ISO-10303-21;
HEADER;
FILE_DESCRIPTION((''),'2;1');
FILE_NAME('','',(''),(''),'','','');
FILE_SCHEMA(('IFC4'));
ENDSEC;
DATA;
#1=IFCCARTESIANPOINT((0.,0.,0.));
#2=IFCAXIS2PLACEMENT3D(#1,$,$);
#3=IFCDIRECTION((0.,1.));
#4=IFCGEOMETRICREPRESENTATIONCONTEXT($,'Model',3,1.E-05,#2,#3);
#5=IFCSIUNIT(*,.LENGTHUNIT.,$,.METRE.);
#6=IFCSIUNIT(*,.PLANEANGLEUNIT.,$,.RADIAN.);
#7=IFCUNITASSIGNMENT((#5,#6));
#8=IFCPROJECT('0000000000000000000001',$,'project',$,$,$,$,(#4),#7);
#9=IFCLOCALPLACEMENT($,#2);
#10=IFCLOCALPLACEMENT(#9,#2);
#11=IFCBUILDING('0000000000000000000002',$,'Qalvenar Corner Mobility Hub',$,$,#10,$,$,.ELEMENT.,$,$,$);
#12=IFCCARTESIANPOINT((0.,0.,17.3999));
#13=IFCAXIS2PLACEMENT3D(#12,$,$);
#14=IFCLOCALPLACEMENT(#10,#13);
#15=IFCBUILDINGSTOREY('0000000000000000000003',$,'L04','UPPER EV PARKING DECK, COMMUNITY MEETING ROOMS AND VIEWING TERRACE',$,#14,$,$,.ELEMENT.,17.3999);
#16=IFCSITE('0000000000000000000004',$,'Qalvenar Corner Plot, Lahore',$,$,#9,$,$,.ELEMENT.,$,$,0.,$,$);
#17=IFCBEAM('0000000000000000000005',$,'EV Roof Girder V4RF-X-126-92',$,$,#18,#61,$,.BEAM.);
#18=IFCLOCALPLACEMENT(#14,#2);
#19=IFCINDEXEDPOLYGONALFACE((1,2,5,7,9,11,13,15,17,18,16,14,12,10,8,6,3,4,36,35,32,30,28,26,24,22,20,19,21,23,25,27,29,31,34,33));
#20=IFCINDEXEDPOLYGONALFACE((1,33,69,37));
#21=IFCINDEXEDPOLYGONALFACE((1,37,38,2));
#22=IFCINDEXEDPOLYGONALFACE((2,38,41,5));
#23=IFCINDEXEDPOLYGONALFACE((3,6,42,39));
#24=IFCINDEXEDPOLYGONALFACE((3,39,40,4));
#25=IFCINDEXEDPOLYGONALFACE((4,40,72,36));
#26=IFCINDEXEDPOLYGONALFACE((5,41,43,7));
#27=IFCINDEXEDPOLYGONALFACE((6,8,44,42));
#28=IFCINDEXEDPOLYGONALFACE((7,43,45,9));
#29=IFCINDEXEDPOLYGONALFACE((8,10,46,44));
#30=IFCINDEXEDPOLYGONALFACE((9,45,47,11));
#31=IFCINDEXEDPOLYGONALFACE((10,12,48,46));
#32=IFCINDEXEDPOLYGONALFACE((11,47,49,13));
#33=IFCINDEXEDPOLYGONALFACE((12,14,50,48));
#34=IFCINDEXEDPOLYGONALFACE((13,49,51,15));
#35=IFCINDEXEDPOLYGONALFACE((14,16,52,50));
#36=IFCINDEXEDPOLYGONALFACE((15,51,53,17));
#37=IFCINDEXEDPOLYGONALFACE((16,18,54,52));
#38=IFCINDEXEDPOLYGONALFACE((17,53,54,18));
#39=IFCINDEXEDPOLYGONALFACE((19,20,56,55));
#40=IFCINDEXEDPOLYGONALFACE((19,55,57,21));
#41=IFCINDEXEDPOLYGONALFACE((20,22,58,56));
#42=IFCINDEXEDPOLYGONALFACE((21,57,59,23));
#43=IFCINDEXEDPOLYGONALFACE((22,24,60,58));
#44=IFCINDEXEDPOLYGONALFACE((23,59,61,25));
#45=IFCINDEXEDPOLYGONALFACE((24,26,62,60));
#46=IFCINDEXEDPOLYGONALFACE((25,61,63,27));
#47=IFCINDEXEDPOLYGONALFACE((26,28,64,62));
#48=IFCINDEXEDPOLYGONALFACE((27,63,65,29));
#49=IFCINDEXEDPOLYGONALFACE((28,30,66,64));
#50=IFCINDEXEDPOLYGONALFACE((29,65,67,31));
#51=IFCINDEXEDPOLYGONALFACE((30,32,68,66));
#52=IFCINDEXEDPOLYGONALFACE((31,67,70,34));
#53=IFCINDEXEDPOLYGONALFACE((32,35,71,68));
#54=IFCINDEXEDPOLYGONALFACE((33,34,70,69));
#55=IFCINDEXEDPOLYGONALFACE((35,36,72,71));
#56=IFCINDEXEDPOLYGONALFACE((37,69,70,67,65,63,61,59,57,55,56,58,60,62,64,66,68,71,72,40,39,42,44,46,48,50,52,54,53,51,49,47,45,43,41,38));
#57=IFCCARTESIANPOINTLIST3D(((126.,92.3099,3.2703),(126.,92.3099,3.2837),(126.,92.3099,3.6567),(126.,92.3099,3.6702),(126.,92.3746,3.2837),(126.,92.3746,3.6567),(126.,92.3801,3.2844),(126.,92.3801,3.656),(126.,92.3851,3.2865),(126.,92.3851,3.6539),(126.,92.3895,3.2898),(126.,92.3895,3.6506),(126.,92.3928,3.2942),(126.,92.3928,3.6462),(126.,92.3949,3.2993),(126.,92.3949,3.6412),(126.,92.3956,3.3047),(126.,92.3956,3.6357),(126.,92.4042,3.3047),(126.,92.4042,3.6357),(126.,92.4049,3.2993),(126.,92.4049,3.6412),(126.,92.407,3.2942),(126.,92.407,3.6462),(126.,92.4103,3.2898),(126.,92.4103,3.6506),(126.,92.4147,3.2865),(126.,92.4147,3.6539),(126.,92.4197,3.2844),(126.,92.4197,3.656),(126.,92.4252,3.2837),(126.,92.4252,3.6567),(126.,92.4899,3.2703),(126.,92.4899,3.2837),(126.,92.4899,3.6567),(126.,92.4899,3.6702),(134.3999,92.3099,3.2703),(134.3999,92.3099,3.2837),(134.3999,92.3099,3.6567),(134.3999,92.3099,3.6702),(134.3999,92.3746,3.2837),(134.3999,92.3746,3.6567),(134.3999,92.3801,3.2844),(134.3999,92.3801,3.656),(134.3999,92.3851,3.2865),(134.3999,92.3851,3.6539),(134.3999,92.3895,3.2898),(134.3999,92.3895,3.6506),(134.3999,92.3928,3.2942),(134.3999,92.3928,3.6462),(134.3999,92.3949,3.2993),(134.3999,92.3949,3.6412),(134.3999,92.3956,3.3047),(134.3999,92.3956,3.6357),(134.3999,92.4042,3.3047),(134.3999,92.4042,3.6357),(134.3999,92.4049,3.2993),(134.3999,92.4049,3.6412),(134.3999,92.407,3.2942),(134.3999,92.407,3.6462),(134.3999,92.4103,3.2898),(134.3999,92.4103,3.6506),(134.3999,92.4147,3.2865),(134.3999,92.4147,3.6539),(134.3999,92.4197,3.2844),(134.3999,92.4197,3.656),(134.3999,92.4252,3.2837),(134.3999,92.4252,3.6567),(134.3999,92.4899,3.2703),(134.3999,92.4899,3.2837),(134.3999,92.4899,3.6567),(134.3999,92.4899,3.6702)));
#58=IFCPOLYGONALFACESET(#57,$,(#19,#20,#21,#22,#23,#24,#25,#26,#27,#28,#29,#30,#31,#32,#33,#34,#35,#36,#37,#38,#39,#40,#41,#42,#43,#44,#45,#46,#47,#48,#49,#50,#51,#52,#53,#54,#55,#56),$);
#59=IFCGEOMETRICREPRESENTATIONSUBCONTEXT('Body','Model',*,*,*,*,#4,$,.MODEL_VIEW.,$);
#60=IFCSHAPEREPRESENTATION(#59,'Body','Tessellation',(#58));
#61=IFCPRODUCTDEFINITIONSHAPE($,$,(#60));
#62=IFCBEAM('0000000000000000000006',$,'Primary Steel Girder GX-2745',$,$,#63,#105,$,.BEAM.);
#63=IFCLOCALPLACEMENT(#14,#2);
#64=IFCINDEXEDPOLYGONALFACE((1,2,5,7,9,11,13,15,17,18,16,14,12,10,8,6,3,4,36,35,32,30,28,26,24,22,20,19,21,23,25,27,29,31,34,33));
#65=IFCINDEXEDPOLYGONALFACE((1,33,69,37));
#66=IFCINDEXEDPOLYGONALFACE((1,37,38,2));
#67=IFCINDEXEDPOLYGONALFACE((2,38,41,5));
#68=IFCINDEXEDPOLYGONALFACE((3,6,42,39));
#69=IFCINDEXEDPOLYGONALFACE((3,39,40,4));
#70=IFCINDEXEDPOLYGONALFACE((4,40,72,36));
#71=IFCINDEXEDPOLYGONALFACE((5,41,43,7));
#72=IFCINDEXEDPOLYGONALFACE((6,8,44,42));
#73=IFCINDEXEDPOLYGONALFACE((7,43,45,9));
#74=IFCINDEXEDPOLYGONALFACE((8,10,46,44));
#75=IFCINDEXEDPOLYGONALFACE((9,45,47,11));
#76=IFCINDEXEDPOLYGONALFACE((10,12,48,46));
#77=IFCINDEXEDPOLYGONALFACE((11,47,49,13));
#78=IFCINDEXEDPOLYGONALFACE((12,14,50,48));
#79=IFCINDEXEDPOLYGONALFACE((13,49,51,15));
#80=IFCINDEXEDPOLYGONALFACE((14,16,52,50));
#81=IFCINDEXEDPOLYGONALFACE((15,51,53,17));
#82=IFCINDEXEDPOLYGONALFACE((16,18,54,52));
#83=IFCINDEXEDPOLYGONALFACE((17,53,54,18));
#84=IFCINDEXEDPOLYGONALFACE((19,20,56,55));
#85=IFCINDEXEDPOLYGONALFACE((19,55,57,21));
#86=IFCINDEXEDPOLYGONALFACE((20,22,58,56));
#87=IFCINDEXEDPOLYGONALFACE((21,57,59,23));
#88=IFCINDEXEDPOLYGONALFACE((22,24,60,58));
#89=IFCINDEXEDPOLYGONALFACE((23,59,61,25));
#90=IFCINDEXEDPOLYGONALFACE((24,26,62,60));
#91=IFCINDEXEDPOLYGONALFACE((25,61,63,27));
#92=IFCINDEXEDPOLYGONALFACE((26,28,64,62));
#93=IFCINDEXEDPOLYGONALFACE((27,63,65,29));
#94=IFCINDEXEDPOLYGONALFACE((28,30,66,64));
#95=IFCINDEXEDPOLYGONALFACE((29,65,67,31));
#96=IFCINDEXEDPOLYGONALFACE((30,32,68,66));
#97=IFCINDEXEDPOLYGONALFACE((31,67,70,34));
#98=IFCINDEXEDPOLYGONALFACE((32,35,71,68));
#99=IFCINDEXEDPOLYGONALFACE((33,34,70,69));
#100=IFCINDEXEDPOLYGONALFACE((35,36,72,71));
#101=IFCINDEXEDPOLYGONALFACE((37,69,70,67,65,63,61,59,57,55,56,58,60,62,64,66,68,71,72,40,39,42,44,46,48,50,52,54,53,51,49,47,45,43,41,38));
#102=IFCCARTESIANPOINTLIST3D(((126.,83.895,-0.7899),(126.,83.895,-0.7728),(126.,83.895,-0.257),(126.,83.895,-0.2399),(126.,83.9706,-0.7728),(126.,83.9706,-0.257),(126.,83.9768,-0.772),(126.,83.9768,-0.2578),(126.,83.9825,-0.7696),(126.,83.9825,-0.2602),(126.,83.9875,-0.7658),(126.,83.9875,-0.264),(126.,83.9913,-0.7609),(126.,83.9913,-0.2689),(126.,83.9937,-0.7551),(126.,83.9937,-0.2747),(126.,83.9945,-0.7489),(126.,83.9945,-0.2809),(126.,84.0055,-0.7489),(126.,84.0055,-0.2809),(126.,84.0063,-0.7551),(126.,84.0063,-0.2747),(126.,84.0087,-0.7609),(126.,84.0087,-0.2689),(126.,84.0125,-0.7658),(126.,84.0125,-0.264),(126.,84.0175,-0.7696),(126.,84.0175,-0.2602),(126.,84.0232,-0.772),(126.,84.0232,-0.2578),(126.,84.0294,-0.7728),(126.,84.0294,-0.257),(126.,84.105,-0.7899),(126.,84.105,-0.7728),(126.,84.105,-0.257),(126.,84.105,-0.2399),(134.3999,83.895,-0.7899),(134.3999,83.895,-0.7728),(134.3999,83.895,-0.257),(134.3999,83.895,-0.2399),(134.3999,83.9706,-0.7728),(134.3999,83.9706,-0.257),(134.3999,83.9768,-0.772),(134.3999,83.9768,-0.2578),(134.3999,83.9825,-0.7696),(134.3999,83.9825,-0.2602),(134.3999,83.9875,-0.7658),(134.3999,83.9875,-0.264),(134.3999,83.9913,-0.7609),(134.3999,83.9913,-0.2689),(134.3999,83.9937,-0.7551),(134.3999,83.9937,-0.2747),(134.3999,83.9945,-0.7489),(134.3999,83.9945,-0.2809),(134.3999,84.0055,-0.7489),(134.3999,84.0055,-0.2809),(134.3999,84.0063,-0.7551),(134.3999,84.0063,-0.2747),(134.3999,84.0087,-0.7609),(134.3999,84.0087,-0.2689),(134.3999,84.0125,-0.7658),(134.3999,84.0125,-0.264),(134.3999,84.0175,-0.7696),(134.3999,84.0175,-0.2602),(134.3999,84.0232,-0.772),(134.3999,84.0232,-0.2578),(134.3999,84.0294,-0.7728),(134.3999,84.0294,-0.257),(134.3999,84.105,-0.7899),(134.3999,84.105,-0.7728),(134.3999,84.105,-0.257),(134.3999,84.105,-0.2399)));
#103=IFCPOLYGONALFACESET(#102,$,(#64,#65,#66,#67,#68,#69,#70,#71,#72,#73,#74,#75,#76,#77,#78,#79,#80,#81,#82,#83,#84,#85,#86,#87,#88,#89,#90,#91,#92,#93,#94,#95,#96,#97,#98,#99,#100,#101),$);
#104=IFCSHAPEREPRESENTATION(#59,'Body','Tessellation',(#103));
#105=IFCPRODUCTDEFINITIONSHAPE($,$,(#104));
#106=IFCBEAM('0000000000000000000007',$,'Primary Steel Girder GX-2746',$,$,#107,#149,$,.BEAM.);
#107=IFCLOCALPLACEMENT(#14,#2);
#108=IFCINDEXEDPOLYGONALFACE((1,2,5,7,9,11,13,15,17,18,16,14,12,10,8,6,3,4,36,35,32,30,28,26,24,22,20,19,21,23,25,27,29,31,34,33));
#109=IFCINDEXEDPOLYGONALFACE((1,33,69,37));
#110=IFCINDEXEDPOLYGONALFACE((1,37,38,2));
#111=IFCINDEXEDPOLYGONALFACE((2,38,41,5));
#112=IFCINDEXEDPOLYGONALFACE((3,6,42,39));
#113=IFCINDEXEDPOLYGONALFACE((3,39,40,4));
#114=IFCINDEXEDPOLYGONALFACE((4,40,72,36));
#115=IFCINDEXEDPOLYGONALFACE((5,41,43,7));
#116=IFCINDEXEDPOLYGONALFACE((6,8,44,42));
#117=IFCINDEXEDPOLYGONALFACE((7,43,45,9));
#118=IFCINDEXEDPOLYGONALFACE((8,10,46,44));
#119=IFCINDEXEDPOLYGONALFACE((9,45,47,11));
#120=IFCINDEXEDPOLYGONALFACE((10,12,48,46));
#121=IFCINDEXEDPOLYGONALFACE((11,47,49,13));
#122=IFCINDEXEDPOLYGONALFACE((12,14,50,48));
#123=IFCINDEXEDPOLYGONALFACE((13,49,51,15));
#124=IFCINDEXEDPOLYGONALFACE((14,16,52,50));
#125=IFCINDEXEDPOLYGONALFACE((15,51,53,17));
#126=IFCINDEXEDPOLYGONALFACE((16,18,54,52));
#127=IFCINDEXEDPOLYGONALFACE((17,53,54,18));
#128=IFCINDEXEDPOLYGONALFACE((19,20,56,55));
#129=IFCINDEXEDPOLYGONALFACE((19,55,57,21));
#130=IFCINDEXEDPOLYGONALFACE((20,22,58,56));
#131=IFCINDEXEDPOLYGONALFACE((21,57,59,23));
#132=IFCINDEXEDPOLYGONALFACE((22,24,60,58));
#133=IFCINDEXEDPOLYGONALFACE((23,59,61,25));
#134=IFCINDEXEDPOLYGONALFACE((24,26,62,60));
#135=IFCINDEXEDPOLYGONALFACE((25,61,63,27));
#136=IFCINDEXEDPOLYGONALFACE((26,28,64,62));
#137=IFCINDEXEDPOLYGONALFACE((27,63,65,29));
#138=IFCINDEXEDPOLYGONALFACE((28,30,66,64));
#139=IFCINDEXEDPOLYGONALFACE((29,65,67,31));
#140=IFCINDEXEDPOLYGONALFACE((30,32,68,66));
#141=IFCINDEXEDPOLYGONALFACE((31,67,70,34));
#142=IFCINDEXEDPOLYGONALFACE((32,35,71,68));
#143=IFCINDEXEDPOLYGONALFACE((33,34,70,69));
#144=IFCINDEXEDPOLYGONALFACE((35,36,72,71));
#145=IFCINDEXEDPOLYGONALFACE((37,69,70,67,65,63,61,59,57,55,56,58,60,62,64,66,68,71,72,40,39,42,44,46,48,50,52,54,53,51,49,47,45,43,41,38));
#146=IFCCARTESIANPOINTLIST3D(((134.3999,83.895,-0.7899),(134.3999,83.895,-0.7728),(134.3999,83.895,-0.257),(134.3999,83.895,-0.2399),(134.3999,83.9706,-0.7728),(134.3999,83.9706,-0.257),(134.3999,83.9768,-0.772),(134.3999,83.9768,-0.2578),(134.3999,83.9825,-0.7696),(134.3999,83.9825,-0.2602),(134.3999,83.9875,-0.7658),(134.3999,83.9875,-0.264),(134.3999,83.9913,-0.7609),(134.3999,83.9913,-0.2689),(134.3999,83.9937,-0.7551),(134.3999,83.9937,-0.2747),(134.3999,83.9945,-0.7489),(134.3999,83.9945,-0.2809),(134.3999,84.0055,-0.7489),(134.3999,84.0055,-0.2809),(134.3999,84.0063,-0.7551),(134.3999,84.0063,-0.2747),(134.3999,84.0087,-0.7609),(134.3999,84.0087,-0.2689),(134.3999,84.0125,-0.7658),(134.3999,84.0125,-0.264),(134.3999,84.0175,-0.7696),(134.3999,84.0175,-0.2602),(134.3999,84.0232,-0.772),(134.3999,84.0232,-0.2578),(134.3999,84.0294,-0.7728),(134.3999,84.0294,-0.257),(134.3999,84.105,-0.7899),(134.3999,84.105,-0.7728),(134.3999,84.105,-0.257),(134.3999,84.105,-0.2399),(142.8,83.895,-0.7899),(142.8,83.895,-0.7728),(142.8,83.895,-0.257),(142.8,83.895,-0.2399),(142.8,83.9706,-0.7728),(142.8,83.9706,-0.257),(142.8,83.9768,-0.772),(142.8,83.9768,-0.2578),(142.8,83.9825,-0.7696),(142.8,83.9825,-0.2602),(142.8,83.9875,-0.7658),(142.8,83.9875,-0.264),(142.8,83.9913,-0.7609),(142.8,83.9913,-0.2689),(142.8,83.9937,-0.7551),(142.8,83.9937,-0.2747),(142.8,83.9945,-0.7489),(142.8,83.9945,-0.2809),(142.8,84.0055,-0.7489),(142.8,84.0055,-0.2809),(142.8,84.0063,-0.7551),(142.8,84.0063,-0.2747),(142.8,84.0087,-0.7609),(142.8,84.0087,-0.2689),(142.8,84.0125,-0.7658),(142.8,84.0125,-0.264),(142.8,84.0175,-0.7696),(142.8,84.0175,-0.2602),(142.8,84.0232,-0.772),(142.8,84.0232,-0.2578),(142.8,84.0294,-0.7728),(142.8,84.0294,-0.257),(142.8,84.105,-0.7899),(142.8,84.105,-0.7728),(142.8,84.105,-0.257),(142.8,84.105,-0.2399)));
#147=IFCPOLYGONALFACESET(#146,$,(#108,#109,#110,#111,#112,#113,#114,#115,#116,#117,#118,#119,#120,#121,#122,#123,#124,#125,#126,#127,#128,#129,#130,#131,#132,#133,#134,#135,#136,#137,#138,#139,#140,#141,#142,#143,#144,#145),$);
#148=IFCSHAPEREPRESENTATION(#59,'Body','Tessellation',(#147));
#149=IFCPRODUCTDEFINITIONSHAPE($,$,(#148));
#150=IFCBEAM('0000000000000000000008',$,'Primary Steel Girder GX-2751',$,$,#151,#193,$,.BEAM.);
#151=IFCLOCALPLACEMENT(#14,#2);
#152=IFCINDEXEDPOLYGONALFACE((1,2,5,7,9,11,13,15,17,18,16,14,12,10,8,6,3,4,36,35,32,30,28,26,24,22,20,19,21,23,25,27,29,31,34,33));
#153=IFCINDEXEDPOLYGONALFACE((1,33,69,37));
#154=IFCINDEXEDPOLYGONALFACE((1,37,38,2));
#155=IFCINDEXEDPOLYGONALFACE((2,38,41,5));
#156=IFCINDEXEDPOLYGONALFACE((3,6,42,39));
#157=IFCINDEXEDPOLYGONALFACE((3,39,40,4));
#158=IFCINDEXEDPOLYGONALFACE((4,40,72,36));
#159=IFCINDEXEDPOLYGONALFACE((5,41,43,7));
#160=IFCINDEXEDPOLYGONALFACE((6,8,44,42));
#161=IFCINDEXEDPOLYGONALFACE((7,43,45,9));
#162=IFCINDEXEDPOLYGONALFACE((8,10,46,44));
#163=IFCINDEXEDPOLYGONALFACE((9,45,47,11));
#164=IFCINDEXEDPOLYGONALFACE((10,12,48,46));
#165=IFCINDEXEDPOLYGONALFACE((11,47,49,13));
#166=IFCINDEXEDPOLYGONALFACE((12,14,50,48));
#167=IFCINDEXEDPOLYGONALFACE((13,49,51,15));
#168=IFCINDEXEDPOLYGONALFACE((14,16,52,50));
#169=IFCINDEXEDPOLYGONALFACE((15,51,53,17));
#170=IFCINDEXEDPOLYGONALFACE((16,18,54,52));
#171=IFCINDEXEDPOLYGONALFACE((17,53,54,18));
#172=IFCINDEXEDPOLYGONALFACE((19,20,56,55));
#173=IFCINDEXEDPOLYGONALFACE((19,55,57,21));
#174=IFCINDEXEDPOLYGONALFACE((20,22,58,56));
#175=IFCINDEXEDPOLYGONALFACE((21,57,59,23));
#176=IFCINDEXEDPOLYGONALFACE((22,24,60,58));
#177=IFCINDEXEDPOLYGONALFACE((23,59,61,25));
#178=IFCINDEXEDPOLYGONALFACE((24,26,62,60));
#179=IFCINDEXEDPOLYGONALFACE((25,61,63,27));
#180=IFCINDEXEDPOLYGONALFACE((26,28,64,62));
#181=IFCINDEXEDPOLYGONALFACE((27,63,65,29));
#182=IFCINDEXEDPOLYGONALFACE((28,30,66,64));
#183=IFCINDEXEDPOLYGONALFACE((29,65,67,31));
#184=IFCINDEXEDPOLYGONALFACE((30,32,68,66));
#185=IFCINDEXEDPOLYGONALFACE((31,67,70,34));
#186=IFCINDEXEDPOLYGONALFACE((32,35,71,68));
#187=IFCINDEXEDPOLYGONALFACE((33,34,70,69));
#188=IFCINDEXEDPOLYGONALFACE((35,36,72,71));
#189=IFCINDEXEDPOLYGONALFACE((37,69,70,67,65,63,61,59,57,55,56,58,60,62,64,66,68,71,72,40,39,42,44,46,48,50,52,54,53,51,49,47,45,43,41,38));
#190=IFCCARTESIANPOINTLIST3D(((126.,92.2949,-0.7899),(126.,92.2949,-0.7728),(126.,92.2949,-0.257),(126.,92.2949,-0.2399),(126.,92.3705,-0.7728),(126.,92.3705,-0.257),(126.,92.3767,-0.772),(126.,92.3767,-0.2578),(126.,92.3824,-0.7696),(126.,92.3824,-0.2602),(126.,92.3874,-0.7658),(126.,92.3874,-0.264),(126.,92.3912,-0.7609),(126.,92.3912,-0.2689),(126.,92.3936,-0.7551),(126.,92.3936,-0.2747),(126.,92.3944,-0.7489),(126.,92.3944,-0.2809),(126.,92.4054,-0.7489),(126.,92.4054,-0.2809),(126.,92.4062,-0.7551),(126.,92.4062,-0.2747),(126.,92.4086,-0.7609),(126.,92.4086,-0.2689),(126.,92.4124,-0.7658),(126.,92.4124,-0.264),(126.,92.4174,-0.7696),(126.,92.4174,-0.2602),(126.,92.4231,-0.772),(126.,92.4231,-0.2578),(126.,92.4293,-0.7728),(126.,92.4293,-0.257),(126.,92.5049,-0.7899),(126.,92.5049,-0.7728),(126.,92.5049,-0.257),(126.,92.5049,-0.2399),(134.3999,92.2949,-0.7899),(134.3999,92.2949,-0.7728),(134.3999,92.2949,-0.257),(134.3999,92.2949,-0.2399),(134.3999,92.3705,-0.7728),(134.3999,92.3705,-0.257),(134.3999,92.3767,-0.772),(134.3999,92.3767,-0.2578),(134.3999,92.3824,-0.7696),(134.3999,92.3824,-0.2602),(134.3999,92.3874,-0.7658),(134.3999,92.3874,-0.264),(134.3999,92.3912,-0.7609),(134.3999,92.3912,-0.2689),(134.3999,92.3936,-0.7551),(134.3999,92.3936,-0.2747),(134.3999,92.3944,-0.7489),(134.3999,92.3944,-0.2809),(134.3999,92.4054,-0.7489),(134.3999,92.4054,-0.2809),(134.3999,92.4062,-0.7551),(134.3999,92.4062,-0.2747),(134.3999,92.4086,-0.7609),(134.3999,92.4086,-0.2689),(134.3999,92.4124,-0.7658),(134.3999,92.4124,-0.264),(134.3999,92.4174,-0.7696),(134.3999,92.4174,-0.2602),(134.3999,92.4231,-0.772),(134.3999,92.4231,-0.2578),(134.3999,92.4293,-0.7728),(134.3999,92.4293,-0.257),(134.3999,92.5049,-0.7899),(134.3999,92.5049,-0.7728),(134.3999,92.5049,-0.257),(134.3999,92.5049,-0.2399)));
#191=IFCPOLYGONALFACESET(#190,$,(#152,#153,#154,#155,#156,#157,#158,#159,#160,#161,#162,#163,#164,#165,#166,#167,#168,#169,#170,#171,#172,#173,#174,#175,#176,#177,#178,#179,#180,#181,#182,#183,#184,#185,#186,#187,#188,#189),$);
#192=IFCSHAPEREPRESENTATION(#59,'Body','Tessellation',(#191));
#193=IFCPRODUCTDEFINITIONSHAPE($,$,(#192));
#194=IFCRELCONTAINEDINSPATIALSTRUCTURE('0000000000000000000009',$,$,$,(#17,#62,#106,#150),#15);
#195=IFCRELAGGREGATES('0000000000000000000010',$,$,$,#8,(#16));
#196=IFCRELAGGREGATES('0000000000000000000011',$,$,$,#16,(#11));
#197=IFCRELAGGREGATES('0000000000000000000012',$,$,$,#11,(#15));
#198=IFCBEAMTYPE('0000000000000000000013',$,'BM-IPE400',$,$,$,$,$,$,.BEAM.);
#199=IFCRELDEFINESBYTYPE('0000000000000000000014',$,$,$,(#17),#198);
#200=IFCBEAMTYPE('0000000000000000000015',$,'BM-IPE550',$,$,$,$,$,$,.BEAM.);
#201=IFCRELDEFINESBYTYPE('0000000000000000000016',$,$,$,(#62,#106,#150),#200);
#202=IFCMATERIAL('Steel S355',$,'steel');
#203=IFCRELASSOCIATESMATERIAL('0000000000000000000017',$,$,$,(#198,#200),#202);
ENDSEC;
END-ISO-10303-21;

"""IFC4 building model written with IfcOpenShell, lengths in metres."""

from ifc_helpers import new_model, si_unit, direction, frame, origin, origin_2d, place, context, subcontext, project, spatial, i_section, extrude, material, material_profile, profile_set, type_object, element, save


model = new_model("IFC4")

# Units and contexts
model_context = context("Model", 3, precision=1e-05, world=origin(), true_north=direction((0.0, 1.0)))
body_context = subcontext(model_context, "Body", "Model", "MODEL_VIEW")
ifc_project = project(units=[si_unit("LENGTHUNIT", "METRE"), si_unit("PLANEANGLEUNIT", "RADIAN")], contexts=[model_context])

# Site, building, storey
site_placement = place(None, origin())
site = spatial("IfcSite", under=ifc_project, at=site_placement, Name="Qalvenar Corner Plot, Lahore", CompositionType="ELEMENT", RefElevation=0.0)
building_placement = place(site_placement, origin())
building = spatial("IfcBuilding", under=site, at=building_placement, Name="Qalvenar Corner Mobility Hub", CompositionType="ELEMENT")
storey_placement = place(building_placement, frame((0.0, 0.0, 17.3999)))
storey = spatial("IfcBuildingStorey", under=building, at=storey_placement, Name="L04", Description="UPPER EV PARKING DECK, COMMUNITY MEETING ROOMS AND VIEWING TERRACE", CompositionType="ELEMENT", Elevation=17.3999)

# Shared definitions
ifc_material_1 = material(Name="Steel S355", Category="steel")

# Beams
ifc_material_profile_1 = material_profile(ifc_material_1, i_section(OverallWidth=0.1799, OverallDepth=0.3999, WebThickness=0.0085, FlangeThickness=0.0134, FilletRadius=0.021, at=origin_2d()), Name="IPE400")
ifc_profile_set_1 = profile_set([ifc_material_profile_1], Name="Steel S355")
beam_type_1 = type_object("IfcBeamType", Name="BM-IPE400", PredefinedType="BEAM", material=ifc_profile_set_1)
beam_1_placement = place(storey_placement, frame((126.0, 92.3999, 3.4702), z_axis=(1.0, 0.0, 0.0), x_axis=(0.0, 1.0, 0.0)))
element("IfcBeam", 1, at=beam_1_placement, inside=storey, type_object=beam_type_1, Name="EV Roof Girder V4RF-X-126-92", PredefinedType="BEAM", context=body_context, shape_type="SweptSolid", body=[
    extrude(i_section(OverallWidth=0.1799, OverallDepth=0.3999, WebThickness=0.0085, FlangeThickness=0.0134, FilletRadius=0.021, at=origin_2d()), origin(), (0.0, 0.0, 1.0), 8.3999),
])
ifc_material_profile_2 = material_profile(ifc_material_1, i_section(OverallWidth=0.21, OverallDepth=0.55, WebThickness=0.011, FlangeThickness=0.0171, FilletRadius=0.0239, at=origin_2d()), Name="IPE550")
ifc_profile_set_2 = profile_set([ifc_material_profile_2], Name="Steel S355")
beam_type_2 = type_object("IfcBeamType", Name="BM-IPE550", PredefinedType="BEAM", material=ifc_profile_set_2)
beam_2_placement = place(storey_placement, frame((126.0, 84.0, -0.5149), z_axis=(1.0, 0.0, 0.0), x_axis=(0.0, 1.0, 0.0)))
element("IfcBeam", 2, at=beam_2_placement, inside=storey, type_object=beam_type_2, Name="Primary Steel Girder GX-2745", PredefinedType="BEAM", context=body_context, shape_type="SweptSolid", body=[
    extrude(i_section(OverallWidth=0.21, OverallDepth=0.55, WebThickness=0.011, FlangeThickness=0.0171, FilletRadius=0.0239, at=origin_2d()), origin(), (0.0, 0.0, 1.0), 8.3999),
])
beam_3_placement = place(storey_placement, frame((134.3999, 84.0, -0.5149), z_axis=(1.0, 0.0, 0.0), x_axis=(0.0, 1.0, 0.0)))
element("IfcBeam", 3, at=beam_3_placement, inside=storey, type_object=beam_type_2, Name="Primary Steel Girder GX-2746", PredefinedType="BEAM", context=body_context, shape_type="SweptSolid", body=[
    extrude(i_section(OverallWidth=0.21, OverallDepth=0.55, WebThickness=0.011, FlangeThickness=0.0171, FilletRadius=0.0239, at=origin_2d()), origin(), (0.0, 0.0, 1.0), 8.4001),
])
beam_4_placement = place(storey_placement, frame((126.0, 92.3999, -0.5149), z_axis=(1.0, 0.0, 0.0), x_axis=(0.0, 1.0, 0.0)))
element("IfcBeam", 4, at=beam_4_placement, inside=storey, type_object=beam_type_2, Name="Primary Steel Girder GX-2751", PredefinedType="BEAM", context=body_context, shape_type="SweptSolid", body=[
    extrude(i_section(OverallWidth=0.21, OverallDepth=0.55, WebThickness=0.011, FlangeThickness=0.0171, FilletRadius=0.0239, at=origin_2d()), origin(), (0.0, 0.0, 1.0), 8.3999),
])

save(model, "model.ifc")
